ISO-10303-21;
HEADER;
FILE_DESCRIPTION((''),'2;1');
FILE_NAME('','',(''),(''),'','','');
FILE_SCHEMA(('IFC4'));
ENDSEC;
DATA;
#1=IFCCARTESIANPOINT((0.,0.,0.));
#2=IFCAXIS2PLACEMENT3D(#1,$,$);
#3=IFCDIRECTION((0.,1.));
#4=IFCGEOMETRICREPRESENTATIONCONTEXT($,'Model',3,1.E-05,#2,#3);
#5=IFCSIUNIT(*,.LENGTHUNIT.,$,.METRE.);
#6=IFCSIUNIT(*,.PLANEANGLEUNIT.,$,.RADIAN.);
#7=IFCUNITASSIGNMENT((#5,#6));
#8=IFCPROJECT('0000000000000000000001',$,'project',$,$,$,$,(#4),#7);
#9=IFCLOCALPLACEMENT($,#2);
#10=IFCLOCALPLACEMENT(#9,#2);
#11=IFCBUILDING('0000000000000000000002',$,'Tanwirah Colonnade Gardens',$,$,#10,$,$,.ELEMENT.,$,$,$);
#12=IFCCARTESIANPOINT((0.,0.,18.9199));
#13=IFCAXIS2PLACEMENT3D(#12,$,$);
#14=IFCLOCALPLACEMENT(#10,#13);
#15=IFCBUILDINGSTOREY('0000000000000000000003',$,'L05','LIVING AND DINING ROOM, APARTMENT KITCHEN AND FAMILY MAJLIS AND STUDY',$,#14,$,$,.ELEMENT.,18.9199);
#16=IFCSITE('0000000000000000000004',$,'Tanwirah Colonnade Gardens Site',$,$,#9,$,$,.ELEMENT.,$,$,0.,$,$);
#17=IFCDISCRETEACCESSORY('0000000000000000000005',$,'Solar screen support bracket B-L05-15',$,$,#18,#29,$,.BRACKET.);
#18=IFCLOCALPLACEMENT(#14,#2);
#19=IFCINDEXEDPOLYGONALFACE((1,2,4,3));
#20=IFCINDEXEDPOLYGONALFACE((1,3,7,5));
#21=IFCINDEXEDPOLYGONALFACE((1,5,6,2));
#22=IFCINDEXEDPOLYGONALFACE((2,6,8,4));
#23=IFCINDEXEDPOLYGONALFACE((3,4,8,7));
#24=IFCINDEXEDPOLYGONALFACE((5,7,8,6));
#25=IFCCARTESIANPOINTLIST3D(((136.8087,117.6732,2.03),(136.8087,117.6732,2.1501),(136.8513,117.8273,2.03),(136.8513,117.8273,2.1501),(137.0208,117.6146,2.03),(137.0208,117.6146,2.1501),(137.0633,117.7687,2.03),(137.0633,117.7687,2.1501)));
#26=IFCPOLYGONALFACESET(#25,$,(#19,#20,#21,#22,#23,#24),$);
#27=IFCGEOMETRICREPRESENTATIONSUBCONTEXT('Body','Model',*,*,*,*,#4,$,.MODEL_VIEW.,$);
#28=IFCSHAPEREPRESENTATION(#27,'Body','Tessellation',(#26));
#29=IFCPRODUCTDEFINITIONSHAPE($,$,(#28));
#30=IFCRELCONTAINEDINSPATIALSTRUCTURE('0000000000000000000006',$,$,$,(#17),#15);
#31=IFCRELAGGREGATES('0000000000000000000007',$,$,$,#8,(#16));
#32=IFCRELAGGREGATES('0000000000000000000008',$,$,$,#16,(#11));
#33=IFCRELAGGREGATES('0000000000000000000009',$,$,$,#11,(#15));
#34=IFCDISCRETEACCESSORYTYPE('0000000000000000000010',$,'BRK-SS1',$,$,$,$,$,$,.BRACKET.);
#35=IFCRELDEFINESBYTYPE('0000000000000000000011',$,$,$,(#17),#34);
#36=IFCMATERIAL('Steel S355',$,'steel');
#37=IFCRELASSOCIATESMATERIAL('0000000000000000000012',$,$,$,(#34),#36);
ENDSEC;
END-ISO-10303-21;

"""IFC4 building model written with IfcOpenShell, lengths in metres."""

from ifc_helpers import new_model, si_unit, direction, frame, origin, origin_2d, place, context, subcontext, project, spatial, rectangle, extrude, material, type_object, element, save


model = new_model("IFC4")

# Units and contexts
model_context = context("Model", 3, precision=1e-05, world=origin(), true_north=direction((0.0, 1.0)))
body_context = subcontext(model_context, "Body", "Model", "MODEL_VIEW")
ifc_project = project(units=[si_unit("LENGTHUNIT", "METRE"), si_unit("PLANEANGLEUNIT", "RADIAN")], contexts=[model_context])

# Site, building, storey
site_placement = place(None, origin())
site = spatial("IfcSite", under=ifc_project, at=site_placement, Name="Tanwirah Colonnade Gardens Site", CompositionType="ELEMENT", RefElevation=0.0)
building_placement = place(site_placement, origin())
building = spatial("IfcBuilding", under=site, at=building_placement, Name="Tanwirah Colonnade Gardens", CompositionType="ELEMENT")
storey_placement = place(building_placement, frame((0.0, 0.0, 18.9199)))
storey = spatial("IfcBuildingStorey", under=building, at=storey_placement, Name="L05", Description="LIVING AND DINING ROOM, APARTMENT KITCHEN AND FAMILY MAJLIS AND STUDY", CompositionType="ELEMENT", Elevation=18.9199)

# Discrete accessory
ifc_material_1 = material(Name="Steel S355", Category="steel")
discrete_accessory_type = type_object("IfcDiscreteAccessoryType", Name="BRK-SS1", PredefinedType="BRACKET", material=ifc_material_1)
discrete_accessory_placement = place(storey_placement, frame((136.936, 117.7209, 2.03), z_axis=(0.0, 0.0, 1.0), x_axis=(-0.963889, 0.266305, 0.0)))
element("IfcDiscreteAccessory", 1, at=discrete_accessory_placement, inside=storey, type_object=discrete_accessory_type, Name="Solar screen support bracket B-L05-15", PredefinedType="BRACKET", context=body_context, shape_type="SweptSolid", body=[
    extrude(rectangle(XDim=0.22, YDim=0.1599, at=origin_2d()), origin(), (0.0, 0.0, 1.0), 0.1201),
])

save(model, "model.ifc")
